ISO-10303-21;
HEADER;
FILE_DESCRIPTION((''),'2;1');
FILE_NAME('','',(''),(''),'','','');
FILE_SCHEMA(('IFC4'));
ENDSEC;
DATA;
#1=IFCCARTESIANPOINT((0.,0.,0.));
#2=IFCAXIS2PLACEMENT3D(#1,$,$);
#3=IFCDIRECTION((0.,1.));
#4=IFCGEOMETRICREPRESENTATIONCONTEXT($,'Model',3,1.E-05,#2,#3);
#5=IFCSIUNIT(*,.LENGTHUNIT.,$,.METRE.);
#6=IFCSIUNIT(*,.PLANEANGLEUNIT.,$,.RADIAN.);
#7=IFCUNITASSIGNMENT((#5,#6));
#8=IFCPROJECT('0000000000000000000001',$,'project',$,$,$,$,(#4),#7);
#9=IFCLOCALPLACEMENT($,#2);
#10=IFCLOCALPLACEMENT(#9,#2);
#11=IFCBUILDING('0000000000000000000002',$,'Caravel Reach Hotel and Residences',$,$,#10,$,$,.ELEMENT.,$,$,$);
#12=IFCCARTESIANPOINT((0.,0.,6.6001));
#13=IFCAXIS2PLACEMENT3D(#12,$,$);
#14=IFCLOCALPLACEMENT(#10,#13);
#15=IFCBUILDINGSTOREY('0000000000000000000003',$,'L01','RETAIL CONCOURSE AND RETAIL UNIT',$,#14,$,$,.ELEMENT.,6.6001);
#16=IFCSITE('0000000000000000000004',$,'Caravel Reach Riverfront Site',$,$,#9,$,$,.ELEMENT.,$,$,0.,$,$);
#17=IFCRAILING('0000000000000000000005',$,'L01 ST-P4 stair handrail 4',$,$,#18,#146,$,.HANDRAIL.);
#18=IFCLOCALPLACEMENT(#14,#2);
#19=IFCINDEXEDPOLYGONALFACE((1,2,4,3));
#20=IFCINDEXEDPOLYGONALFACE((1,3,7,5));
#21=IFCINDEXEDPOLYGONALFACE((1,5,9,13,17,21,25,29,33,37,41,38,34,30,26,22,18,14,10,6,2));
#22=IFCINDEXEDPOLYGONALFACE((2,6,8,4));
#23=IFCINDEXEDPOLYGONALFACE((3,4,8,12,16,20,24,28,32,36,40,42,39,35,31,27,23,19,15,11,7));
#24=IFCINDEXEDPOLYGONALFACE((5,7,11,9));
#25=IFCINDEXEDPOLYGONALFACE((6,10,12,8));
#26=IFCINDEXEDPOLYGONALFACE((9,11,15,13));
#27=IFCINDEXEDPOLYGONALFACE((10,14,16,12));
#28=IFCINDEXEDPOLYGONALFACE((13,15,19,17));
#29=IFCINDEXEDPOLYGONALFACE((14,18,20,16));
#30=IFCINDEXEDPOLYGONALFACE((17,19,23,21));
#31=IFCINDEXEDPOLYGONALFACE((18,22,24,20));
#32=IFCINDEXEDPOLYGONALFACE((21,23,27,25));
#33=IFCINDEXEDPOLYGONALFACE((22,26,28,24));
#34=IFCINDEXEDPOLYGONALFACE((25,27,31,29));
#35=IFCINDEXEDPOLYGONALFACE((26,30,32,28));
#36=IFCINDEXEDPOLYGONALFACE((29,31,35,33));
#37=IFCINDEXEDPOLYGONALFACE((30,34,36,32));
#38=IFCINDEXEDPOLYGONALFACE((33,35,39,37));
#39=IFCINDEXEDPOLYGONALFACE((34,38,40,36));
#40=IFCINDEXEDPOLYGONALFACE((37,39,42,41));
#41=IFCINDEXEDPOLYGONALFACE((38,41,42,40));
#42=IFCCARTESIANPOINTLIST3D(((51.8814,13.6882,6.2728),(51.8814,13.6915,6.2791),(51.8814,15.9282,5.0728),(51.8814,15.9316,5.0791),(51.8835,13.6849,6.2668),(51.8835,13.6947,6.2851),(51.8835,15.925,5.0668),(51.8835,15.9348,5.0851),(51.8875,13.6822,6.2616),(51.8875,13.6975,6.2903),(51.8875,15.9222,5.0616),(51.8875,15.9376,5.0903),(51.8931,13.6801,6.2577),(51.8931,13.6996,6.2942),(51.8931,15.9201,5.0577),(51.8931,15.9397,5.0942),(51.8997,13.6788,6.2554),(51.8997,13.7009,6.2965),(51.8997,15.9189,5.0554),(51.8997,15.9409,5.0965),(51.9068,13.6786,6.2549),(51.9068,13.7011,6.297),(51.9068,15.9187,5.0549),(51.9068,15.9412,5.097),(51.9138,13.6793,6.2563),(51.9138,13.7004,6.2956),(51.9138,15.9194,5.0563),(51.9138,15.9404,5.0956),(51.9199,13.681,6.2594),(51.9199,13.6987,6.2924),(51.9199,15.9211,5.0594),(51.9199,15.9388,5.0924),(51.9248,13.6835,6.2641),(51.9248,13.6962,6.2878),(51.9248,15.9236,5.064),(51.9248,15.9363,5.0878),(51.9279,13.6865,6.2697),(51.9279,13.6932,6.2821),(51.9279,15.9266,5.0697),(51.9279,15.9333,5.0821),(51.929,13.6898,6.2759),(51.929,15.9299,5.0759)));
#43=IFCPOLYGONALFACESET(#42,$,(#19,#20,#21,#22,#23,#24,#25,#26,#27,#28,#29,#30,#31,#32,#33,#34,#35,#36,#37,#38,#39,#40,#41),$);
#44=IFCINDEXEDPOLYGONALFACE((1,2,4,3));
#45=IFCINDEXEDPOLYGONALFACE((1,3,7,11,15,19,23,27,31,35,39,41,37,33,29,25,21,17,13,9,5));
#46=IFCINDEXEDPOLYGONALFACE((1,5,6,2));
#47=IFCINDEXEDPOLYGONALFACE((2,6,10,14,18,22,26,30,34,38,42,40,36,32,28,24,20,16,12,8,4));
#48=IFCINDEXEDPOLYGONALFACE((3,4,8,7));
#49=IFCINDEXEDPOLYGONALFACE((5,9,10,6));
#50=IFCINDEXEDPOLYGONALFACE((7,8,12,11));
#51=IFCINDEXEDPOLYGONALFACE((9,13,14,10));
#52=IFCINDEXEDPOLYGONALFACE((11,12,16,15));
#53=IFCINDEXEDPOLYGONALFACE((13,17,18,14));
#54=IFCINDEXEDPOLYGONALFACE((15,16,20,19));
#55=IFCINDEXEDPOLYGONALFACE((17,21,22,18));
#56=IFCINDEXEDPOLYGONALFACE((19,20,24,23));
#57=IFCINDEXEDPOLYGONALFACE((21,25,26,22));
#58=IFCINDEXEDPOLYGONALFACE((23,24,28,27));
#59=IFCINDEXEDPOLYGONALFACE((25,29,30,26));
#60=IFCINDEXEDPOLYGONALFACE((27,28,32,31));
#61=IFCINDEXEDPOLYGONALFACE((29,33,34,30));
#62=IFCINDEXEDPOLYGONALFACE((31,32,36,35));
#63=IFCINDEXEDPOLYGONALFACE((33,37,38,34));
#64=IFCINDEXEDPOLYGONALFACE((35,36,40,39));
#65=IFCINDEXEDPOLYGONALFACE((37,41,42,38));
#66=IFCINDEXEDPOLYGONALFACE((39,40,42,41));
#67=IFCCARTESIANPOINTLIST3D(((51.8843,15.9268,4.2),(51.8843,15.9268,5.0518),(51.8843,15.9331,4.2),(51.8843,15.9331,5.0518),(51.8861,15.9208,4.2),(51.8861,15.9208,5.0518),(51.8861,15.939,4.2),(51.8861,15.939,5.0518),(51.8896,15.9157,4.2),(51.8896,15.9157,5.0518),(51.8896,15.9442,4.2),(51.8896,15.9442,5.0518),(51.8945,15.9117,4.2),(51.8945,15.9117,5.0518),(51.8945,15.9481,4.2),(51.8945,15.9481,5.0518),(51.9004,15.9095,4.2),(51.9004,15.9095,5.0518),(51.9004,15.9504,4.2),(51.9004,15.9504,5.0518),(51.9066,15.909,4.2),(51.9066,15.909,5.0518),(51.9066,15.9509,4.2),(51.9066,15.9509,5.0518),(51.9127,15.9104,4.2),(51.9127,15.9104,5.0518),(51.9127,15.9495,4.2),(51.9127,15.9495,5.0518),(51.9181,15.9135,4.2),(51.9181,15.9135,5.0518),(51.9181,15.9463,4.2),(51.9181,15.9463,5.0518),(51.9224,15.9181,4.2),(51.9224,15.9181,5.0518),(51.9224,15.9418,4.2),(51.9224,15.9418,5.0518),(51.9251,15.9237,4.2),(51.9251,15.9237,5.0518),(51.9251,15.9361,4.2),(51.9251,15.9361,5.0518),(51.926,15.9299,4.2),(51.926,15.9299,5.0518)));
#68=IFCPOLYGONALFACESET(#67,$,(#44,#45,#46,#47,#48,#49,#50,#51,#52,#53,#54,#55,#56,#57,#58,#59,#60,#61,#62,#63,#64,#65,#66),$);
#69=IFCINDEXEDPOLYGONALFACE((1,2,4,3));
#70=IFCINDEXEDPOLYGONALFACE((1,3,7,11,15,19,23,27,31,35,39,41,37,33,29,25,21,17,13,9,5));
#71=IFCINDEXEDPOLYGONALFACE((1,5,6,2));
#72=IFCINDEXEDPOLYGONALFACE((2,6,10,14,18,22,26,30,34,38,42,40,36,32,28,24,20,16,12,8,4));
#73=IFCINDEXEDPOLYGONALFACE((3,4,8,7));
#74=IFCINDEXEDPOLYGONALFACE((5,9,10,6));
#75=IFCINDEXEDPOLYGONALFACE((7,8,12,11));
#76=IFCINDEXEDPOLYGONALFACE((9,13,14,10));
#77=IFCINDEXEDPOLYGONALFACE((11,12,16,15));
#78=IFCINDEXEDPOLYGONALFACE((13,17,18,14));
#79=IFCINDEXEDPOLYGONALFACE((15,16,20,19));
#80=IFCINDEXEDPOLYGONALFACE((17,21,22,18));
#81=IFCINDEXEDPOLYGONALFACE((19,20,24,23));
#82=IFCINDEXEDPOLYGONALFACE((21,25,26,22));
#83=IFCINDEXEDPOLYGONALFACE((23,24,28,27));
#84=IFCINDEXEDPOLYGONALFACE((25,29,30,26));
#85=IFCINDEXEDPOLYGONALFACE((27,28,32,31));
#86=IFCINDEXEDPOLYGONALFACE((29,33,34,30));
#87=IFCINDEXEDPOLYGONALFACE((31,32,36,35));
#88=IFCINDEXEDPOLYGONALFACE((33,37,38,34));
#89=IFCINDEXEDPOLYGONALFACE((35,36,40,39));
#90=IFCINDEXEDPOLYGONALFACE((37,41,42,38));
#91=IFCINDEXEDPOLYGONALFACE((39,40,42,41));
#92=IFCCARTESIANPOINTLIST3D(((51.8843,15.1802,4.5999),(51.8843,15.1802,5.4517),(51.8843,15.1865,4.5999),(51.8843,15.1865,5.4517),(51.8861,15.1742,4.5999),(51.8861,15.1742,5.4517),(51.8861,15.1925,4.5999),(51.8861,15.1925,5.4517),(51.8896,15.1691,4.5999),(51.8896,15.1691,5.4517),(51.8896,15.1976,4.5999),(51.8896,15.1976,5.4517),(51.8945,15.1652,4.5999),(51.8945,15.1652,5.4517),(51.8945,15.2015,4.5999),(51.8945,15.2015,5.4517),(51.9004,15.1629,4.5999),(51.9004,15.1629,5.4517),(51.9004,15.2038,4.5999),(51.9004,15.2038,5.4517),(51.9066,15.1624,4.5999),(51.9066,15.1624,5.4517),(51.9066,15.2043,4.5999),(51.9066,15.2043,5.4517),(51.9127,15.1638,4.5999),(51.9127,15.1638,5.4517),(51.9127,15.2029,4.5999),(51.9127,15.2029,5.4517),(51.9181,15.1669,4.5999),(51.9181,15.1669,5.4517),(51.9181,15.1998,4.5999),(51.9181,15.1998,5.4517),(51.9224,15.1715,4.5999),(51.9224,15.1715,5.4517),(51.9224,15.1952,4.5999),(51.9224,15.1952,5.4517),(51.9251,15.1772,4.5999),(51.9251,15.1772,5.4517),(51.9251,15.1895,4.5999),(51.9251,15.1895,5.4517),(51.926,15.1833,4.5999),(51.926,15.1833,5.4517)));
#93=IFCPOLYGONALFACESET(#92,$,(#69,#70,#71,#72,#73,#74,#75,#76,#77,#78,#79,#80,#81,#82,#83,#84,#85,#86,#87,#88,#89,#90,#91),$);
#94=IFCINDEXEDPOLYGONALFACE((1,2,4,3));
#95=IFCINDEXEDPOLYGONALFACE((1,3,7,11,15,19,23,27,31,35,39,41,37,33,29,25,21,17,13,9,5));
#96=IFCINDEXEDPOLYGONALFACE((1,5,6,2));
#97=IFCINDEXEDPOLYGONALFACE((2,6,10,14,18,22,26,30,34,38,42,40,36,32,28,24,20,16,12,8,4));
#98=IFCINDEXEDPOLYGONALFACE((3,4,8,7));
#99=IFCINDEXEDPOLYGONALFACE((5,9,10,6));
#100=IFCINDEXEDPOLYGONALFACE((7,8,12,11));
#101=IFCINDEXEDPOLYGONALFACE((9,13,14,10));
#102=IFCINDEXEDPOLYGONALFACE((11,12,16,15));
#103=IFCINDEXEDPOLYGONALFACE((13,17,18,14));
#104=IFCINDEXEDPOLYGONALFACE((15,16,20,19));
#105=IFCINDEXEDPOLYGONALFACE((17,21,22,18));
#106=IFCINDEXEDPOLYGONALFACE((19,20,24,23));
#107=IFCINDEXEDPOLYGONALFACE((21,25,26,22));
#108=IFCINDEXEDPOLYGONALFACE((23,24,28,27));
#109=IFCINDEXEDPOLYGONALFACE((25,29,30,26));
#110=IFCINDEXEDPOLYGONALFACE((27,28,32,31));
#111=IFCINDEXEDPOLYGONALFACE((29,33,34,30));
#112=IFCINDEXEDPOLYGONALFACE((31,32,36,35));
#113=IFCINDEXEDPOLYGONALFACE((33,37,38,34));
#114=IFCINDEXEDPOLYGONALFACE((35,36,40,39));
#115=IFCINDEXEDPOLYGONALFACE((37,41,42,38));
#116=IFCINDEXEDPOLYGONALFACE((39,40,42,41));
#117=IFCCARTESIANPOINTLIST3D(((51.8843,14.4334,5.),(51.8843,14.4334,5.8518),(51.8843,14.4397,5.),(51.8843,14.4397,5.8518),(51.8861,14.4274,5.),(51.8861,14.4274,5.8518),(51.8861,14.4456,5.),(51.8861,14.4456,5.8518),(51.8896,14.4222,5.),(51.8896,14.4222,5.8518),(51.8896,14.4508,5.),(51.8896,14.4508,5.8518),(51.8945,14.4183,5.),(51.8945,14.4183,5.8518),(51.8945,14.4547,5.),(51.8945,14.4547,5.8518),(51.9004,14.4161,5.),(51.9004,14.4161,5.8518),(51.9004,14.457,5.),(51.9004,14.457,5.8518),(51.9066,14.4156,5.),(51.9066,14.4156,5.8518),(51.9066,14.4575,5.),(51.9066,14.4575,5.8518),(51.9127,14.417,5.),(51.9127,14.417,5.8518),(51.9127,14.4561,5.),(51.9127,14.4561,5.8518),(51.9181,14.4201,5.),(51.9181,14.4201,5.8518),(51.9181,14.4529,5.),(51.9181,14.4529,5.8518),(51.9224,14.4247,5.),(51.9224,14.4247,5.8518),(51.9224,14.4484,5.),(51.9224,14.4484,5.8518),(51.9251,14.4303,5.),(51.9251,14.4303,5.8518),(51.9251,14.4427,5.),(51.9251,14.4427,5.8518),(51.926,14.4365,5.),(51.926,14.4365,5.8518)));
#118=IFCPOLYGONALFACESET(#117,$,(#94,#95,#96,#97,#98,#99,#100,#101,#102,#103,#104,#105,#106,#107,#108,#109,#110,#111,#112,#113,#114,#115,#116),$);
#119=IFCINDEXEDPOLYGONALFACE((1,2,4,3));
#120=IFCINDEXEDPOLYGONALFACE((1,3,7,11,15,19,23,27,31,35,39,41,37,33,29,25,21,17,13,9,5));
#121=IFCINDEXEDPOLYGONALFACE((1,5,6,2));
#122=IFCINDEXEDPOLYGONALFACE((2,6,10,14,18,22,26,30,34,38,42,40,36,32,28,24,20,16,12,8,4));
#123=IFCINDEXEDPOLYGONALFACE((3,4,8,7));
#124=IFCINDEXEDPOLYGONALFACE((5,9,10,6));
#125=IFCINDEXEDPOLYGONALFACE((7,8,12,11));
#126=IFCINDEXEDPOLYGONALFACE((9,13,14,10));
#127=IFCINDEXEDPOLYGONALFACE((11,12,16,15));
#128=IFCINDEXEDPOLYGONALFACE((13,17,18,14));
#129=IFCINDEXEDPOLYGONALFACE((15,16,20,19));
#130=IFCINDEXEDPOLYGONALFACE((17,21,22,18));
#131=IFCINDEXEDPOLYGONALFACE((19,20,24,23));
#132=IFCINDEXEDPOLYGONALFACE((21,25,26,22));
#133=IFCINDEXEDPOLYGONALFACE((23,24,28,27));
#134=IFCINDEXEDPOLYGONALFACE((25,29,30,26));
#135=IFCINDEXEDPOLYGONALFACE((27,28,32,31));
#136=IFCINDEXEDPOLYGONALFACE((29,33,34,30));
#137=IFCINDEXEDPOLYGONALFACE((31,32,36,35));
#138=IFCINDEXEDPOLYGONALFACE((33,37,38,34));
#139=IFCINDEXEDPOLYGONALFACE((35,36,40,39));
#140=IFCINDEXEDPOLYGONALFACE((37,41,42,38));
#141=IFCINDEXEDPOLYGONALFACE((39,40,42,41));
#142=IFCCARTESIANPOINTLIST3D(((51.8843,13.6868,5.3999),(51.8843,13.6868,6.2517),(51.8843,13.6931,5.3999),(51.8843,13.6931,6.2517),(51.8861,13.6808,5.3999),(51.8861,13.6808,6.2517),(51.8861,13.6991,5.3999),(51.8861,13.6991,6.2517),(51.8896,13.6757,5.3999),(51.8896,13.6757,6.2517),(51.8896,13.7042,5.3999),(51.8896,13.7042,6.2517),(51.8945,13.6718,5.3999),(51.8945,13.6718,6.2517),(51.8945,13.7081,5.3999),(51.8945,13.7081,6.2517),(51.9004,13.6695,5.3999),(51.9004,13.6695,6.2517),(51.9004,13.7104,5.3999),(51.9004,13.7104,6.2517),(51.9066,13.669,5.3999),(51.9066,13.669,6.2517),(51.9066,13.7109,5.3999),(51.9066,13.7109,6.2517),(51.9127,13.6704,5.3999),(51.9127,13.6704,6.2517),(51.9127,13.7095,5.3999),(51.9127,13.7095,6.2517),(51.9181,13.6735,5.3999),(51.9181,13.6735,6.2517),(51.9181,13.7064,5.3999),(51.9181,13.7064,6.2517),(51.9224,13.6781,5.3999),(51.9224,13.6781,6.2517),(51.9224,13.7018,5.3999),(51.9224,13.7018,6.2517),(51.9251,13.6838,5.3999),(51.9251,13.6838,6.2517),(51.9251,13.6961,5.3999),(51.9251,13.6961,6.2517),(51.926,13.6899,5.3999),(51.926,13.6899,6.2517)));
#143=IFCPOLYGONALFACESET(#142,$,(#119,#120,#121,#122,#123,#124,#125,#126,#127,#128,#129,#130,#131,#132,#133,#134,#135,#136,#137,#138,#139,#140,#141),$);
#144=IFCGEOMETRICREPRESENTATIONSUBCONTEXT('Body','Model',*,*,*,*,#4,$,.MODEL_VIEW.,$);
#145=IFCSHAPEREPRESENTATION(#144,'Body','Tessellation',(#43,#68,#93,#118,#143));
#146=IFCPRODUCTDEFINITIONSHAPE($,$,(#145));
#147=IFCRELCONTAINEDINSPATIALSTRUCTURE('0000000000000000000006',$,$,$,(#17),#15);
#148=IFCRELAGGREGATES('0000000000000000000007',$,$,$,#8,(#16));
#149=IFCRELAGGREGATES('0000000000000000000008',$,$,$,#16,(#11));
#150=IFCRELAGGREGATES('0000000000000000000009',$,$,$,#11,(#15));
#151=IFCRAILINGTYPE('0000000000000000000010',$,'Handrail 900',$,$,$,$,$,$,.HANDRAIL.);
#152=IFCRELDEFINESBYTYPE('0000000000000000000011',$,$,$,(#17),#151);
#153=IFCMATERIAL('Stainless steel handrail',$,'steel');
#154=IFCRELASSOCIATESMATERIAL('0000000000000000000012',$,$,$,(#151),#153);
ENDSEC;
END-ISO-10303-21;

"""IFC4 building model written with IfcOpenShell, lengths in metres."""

from ifc_helpers import new_model, si_unit, direction, frame, origin, origin_2d, place, context, subcontext, project, spatial, circle, extrude, material, type_object, element, save


model = new_model("IFC4")

# Units and contexts
model_context = context("Model", 3, precision=1e-05, world=origin(), true_north=direction((0.0, 1.0)))
body_context = subcontext(model_context, "Body", "Model", "MODEL_VIEW")
ifc_project = project(units=[si_unit("LENGTHUNIT", "METRE"), si_unit("PLANEANGLEUNIT", "RADIAN")], contexts=[model_context])

# Site, building, storey
site_placement = place(None, origin())
site = spatial("IfcSite", under=ifc_project, at=site_placement, Name="Caravel Reach Riverfront Site", CompositionType="ELEMENT", RefElevation=0.0)
building_placement = place(site_placement, origin())
building = spatial("IfcBuilding", under=site, at=building_placement, Name="Caravel Reach Hotel and Residences", CompositionType="ELEMENT")
storey_placement = place(building_placement, frame((0.0, 0.0, 6.6001)))
storey = spatial("IfcBuildingStorey", under=building, at=storey_placement, Name="L01", Description="RETAIL CONCOURSE AND RETAIL UNIT", CompositionType="ELEMENT", Elevation=6.6001)

# Railing
ifc_material_1 = material(Name="Stainless steel handrail", Category="steel")
railing_type_1 = type_object("IfcRailingType", Name="Handrail 900", PredefinedType="HANDRAIL", material=ifc_material_1)
for number, where, name in (
    (1, (51.905, 15.9299, 4.2), "L01 ST-P4 stair handrail 4"),
):
    element("IfcRailing", number, at=place(storey_placement, frame(where)), inside=storey, type_object=railing_type_1, Name=name, PredefinedType="HANDRAIL", context=body_context, shape_type="SweptSolid", body=[
        extrude(circle(Radius=0.0239, at=origin_2d()), frame((0.0, 0.0, 0.876), z_axis=(0.0, -0.881487, 0.472208), x_axis=(1.0, 0.0, 0.0)), (0.0, 0.0, 1.0), 2.5413),
        extrude(circle(Radius=0.021, at=origin_2d()), origin(), (0.0, 0.0, 1.0), 0.8518),
        extrude(circle(Radius=0.021, at=origin_2d()), frame((0.0, -0.7466, 0.3999)), (0.0, 0.0, 1.0), 0.8518),
        extrude(circle(Radius=0.021, at=origin_2d()), frame((0.0, -1.4934, 0.8)), (0.0, 0.0, 1.0), 0.8518),
        extrude(circle(Radius=0.021, at=origin_2d()), frame((0.0, -2.24, 1.2)), (0.0, 0.0, 1.0), 0.8518),
    ])

save(model, "model.ifc")
